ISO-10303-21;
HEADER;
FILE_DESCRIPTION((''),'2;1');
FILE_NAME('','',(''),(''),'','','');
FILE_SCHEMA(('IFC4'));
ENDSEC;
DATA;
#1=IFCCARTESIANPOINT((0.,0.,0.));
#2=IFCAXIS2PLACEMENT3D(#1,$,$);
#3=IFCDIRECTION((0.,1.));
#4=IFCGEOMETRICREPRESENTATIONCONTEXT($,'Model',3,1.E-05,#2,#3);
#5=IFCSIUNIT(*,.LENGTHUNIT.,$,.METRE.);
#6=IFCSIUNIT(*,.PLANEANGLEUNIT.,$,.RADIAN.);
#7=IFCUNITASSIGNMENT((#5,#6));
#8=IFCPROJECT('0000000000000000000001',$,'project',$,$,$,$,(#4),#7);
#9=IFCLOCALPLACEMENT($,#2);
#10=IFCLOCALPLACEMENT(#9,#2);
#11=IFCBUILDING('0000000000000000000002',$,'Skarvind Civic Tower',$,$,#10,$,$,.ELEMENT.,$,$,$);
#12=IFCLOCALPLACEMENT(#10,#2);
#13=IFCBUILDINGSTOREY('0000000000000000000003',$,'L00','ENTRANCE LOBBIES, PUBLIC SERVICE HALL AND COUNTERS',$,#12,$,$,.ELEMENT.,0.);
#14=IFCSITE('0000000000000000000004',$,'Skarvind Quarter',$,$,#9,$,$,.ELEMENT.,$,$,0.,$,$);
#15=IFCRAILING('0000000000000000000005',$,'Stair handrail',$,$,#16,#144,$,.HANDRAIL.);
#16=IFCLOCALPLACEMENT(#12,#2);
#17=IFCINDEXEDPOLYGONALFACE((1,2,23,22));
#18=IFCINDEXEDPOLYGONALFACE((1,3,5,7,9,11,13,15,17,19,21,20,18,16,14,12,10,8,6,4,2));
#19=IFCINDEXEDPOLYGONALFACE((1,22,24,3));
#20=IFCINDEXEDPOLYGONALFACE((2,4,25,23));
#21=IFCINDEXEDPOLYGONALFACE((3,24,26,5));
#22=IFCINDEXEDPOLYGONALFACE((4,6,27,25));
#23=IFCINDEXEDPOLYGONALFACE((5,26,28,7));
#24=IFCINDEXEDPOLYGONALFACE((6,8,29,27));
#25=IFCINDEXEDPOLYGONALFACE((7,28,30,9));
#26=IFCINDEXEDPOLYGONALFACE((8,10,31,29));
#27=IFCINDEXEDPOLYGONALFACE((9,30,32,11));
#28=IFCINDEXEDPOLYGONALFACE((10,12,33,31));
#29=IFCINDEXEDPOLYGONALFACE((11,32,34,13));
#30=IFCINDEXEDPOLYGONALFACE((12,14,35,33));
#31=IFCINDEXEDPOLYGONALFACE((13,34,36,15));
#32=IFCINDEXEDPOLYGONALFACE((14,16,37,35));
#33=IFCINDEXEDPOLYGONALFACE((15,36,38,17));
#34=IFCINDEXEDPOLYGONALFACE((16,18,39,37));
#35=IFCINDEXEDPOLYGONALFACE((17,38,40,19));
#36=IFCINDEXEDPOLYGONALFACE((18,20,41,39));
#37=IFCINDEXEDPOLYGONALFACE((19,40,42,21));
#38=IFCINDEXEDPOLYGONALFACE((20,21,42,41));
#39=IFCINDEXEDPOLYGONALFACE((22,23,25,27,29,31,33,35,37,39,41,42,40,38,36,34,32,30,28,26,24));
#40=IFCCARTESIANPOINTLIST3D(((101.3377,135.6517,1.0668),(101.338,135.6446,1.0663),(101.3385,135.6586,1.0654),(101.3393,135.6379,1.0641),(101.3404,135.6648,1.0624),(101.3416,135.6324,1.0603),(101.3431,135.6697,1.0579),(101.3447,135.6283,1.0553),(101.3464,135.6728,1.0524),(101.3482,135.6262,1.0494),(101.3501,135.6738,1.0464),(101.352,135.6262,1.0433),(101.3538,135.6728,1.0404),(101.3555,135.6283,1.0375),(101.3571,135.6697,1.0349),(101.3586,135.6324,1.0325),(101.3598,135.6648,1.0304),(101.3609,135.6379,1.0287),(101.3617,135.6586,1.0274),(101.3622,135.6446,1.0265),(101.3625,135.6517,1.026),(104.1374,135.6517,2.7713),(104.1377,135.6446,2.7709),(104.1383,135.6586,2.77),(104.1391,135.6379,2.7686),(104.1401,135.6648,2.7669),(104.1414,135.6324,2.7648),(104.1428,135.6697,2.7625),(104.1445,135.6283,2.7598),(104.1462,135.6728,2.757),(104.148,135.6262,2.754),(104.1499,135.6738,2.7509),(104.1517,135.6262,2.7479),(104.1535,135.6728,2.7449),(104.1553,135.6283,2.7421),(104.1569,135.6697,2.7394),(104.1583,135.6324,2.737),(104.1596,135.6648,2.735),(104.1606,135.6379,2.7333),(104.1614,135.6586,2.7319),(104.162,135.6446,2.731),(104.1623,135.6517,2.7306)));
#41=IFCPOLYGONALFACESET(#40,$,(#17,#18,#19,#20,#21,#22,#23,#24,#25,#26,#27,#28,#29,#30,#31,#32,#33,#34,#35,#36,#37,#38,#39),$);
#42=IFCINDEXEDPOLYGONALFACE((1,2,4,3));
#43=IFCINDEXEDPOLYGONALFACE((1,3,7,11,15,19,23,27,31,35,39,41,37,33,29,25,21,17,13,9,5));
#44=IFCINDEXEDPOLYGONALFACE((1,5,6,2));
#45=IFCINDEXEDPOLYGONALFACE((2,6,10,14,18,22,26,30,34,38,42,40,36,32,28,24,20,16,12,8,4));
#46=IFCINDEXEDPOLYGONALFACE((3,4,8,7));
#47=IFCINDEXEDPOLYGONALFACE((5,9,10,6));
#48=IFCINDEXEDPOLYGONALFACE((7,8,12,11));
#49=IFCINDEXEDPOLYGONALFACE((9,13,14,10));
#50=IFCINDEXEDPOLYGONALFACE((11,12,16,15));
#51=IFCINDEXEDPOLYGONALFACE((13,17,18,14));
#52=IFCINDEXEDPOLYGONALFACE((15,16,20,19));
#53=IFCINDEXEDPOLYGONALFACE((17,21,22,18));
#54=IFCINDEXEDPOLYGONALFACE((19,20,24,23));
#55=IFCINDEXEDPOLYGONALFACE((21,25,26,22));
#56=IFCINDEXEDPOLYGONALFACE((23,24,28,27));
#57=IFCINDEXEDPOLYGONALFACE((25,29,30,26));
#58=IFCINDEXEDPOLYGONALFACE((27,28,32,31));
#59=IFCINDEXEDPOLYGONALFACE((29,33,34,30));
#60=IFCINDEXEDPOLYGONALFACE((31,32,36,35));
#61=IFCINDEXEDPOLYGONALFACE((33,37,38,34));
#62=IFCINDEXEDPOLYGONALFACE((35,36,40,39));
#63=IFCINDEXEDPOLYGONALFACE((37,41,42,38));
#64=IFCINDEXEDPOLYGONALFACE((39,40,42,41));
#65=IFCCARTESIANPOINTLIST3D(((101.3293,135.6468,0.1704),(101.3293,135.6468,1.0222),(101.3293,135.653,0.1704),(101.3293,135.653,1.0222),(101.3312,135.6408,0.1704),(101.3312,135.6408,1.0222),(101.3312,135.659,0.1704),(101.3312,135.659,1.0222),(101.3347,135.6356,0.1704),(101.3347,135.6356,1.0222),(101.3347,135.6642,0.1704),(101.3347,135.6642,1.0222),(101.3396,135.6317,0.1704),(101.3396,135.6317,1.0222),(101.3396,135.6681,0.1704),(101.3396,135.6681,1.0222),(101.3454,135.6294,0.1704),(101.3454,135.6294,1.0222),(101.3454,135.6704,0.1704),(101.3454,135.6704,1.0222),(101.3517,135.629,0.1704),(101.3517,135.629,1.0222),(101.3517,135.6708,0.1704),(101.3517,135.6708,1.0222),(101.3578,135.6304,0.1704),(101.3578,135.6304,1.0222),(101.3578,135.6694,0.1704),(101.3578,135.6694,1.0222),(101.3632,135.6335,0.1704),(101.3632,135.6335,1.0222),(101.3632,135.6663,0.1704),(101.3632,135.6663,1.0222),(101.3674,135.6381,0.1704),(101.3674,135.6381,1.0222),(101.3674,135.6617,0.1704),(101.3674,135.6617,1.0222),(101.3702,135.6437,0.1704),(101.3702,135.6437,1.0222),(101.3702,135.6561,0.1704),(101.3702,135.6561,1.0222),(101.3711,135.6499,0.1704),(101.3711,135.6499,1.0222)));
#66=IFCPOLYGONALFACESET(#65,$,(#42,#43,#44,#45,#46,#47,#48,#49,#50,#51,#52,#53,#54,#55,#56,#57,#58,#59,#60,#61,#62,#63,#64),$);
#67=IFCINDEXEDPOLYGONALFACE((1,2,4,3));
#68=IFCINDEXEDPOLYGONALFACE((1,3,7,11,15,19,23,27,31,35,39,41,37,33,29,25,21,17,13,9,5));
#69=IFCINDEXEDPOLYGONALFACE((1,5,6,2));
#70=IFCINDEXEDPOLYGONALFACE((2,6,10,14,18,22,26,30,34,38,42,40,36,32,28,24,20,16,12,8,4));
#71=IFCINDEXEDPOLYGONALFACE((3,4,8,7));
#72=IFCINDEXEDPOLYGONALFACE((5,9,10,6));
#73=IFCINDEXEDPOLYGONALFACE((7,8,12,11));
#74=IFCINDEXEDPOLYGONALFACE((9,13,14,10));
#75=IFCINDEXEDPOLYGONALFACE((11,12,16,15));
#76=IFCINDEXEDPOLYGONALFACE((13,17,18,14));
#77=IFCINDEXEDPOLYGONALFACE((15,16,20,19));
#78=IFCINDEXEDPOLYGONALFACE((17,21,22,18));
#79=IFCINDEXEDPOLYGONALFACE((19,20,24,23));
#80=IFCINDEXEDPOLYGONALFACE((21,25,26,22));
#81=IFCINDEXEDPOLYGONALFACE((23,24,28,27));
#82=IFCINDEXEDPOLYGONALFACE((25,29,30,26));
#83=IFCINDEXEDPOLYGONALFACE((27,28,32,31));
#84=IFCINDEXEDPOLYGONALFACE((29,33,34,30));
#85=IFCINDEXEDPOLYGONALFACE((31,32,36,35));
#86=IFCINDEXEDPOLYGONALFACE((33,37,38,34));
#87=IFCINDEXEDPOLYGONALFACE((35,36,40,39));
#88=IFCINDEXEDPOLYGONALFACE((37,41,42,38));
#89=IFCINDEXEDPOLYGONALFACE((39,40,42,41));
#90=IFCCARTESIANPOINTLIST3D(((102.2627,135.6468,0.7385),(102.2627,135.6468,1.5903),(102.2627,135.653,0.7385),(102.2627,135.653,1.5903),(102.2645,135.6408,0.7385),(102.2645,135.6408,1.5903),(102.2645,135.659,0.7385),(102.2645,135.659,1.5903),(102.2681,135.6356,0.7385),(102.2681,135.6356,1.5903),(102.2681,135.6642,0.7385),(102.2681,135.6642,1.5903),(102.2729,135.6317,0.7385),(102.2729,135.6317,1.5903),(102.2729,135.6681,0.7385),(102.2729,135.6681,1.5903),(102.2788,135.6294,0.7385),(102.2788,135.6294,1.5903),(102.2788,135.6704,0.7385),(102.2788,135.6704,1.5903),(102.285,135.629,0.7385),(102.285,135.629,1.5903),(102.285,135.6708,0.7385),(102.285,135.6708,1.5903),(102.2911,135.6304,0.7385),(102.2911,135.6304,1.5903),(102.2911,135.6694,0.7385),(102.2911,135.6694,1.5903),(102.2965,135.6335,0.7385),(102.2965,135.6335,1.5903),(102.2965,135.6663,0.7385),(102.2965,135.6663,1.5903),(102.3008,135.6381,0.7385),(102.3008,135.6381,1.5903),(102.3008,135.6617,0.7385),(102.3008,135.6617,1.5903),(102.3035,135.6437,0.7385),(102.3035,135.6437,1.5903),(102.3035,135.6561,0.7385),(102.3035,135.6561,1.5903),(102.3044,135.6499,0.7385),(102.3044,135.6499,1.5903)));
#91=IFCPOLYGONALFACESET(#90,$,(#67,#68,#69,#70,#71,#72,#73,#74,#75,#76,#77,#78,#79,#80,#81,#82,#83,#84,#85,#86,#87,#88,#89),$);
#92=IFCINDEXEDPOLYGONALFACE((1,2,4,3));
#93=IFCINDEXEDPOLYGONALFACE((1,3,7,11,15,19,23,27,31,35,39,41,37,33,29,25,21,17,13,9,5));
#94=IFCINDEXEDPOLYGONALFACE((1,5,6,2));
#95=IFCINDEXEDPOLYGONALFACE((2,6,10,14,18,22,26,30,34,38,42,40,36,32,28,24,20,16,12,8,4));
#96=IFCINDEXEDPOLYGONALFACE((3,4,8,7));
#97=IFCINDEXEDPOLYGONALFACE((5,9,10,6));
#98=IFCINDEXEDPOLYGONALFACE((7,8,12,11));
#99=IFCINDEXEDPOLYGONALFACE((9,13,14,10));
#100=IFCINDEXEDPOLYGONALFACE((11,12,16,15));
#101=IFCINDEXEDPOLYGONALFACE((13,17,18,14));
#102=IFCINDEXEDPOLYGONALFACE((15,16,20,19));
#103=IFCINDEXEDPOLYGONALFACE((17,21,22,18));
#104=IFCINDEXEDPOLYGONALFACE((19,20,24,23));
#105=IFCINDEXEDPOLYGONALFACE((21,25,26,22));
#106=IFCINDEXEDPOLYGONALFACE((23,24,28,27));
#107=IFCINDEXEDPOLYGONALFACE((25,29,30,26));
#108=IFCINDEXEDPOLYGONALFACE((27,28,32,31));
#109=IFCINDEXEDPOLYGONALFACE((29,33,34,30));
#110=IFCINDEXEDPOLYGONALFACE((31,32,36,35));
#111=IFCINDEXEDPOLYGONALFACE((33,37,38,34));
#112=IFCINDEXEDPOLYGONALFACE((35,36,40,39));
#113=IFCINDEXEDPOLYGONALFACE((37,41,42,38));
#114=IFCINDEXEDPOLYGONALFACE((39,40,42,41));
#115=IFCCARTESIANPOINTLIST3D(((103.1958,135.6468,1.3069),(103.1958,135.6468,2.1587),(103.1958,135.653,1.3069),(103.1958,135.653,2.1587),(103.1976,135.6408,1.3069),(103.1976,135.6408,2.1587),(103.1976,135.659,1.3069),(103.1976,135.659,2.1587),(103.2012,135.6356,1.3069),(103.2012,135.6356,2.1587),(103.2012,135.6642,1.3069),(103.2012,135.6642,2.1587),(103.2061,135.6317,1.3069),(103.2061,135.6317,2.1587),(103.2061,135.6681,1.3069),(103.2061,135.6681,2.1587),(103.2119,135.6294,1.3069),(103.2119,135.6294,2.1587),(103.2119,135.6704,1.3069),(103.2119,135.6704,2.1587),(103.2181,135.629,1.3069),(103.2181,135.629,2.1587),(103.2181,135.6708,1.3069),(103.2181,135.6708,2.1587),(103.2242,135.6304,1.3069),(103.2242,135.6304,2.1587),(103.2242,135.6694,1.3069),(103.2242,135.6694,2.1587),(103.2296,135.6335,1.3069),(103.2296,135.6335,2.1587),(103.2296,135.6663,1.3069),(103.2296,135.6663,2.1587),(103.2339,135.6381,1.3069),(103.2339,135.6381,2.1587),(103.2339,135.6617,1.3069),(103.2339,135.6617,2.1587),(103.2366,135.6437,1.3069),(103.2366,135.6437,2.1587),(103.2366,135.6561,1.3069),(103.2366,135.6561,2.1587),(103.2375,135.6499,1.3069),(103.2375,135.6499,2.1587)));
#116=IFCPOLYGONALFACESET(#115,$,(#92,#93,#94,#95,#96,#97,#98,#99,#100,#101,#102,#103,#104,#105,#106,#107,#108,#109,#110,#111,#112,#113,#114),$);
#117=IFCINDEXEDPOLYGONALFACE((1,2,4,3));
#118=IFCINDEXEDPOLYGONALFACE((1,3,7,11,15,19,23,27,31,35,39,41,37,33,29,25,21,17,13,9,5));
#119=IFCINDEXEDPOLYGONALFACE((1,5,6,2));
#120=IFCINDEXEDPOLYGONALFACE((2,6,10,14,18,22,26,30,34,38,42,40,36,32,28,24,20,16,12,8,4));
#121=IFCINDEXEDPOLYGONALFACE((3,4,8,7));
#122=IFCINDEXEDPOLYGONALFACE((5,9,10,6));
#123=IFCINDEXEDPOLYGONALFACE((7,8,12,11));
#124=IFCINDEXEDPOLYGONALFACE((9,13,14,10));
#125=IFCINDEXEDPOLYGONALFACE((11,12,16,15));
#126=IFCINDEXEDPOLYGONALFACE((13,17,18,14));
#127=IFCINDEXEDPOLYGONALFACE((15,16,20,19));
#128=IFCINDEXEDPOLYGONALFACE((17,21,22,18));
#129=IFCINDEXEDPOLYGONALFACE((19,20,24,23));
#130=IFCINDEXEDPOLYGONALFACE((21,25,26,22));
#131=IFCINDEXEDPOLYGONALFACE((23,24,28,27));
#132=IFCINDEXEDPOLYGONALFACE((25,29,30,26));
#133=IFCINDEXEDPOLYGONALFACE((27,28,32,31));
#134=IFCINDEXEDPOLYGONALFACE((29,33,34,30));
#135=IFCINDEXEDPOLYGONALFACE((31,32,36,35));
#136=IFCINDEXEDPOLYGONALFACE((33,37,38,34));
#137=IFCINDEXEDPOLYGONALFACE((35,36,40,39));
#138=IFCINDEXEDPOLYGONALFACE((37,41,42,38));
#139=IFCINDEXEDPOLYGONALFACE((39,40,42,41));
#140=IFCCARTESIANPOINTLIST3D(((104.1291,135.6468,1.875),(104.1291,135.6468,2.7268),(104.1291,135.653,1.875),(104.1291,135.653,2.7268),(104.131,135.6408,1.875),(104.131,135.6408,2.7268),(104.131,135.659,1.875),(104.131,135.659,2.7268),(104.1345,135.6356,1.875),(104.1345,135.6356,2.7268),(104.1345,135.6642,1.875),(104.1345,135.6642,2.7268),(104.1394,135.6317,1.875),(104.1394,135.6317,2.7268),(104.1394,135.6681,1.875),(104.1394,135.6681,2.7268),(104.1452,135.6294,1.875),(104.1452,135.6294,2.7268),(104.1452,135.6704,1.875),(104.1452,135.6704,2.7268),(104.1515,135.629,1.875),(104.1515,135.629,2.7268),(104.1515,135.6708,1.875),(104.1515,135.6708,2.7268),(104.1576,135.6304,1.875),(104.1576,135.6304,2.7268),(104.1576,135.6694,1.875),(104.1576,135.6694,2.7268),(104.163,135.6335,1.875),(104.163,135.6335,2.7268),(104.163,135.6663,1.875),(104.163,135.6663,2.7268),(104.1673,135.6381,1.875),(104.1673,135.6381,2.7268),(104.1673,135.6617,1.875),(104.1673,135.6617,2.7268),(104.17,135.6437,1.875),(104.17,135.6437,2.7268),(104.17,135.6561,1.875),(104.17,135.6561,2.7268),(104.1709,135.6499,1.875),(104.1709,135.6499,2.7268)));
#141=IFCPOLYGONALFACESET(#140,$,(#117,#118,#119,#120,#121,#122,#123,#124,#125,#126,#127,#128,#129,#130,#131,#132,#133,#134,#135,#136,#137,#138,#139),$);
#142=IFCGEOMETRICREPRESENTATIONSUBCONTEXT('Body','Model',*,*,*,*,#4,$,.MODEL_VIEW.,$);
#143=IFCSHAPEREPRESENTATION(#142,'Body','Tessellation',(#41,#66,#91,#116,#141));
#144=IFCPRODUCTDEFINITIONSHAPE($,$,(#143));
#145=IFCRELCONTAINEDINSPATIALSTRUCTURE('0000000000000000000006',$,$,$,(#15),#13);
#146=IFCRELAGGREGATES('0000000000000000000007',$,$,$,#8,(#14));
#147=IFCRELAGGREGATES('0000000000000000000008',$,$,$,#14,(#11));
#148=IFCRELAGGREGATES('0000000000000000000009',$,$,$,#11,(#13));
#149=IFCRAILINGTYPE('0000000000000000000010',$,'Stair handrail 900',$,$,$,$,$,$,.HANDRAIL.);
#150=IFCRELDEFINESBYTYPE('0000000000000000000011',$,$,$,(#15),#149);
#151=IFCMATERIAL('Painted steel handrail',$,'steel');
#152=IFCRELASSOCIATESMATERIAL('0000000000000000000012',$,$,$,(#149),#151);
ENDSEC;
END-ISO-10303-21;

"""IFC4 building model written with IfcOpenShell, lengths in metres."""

from ifc_helpers import new_model, si_unit, direction, frame, origin, origin_2d, place, context, subcontext, project, spatial, circle, extrude, material, type_object, element, save


model = new_model("IFC4")

# Units and contexts
model_context = context("Model", 3, precision=1e-05, world=origin(), true_north=direction((0.0, 1.0)))
body_context = subcontext(model_context, "Body", "Model", "MODEL_VIEW")
ifc_project = project(units=[si_unit("LENGTHUNIT", "METRE"), si_unit("PLANEANGLEUNIT", "RADIAN")], contexts=[model_context])

# Site, building, storey
site_placement = place(None, origin())
site = spatial("IfcSite", under=ifc_project, at=site_placement, Name="Skarvind Quarter", CompositionType="ELEMENT", RefElevation=0.0)
building_placement = place(site_placement, origin())
building = spatial("IfcBuilding", under=site, at=building_placement, Name="Skarvind Civic Tower", CompositionType="ELEMENT")
storey_placement = place(building_placement, origin())
storey = spatial("IfcBuildingStorey", under=building, at=storey_placement, Name="L00", Description="ENTRANCE LOBBIES, PUBLIC SERVICE HALL AND COUNTERS", CompositionType="ELEMENT", Elevation=0.0)

# Railing
ifc_material_1 = material(Name="Painted steel handrail", Category="steel")
railing_type = type_object("IfcRailingType", Name="Stair handrail 900", PredefinedType="HANDRAIL", material=ifc_material_1)
for number, where, name in (
    (1, (101.3501, 135.6499, 0.1704), "Stair handrail"),
):
    element("IfcRailing", number, at=place(storey_placement, frame(where)), inside=storey, type_object=railing_type, Name=name, PredefinedType="HANDRAIL", context=body_context, shape_type="SweptSolid", body=[
        extrude(circle(Radius=0.0239, at=origin_2d()), frame((0.0, 0.0, 0.876), z_axis=(0.85415, 0.0, 0.520027), x_axis=(0.0, 1.0, 0.0)), (0.0, 0.0, 1.0), 3.2778),
        extrude(circle(Radius=0.021, at=origin_2d()), origin(), (0.0, 0.0, 1.0), 0.8518),
        extrude(circle(Radius=0.021, at=origin_2d()), frame((0.9333, 0.0, 0.5681)), (0.0, 0.0, 1.0), 0.8518),
        extrude(circle(Radius=0.021, at=origin_2d()), frame((1.8665, 0.0, 1.1365)), (0.0, 0.0, 1.0), 0.8518),
        extrude(circle(Radius=0.021, at=origin_2d()), frame((2.7998, 0.0, 1.7046)), (0.0, 0.0, 1.0), 0.8518),
    ])

save(model, "model.ifc")
